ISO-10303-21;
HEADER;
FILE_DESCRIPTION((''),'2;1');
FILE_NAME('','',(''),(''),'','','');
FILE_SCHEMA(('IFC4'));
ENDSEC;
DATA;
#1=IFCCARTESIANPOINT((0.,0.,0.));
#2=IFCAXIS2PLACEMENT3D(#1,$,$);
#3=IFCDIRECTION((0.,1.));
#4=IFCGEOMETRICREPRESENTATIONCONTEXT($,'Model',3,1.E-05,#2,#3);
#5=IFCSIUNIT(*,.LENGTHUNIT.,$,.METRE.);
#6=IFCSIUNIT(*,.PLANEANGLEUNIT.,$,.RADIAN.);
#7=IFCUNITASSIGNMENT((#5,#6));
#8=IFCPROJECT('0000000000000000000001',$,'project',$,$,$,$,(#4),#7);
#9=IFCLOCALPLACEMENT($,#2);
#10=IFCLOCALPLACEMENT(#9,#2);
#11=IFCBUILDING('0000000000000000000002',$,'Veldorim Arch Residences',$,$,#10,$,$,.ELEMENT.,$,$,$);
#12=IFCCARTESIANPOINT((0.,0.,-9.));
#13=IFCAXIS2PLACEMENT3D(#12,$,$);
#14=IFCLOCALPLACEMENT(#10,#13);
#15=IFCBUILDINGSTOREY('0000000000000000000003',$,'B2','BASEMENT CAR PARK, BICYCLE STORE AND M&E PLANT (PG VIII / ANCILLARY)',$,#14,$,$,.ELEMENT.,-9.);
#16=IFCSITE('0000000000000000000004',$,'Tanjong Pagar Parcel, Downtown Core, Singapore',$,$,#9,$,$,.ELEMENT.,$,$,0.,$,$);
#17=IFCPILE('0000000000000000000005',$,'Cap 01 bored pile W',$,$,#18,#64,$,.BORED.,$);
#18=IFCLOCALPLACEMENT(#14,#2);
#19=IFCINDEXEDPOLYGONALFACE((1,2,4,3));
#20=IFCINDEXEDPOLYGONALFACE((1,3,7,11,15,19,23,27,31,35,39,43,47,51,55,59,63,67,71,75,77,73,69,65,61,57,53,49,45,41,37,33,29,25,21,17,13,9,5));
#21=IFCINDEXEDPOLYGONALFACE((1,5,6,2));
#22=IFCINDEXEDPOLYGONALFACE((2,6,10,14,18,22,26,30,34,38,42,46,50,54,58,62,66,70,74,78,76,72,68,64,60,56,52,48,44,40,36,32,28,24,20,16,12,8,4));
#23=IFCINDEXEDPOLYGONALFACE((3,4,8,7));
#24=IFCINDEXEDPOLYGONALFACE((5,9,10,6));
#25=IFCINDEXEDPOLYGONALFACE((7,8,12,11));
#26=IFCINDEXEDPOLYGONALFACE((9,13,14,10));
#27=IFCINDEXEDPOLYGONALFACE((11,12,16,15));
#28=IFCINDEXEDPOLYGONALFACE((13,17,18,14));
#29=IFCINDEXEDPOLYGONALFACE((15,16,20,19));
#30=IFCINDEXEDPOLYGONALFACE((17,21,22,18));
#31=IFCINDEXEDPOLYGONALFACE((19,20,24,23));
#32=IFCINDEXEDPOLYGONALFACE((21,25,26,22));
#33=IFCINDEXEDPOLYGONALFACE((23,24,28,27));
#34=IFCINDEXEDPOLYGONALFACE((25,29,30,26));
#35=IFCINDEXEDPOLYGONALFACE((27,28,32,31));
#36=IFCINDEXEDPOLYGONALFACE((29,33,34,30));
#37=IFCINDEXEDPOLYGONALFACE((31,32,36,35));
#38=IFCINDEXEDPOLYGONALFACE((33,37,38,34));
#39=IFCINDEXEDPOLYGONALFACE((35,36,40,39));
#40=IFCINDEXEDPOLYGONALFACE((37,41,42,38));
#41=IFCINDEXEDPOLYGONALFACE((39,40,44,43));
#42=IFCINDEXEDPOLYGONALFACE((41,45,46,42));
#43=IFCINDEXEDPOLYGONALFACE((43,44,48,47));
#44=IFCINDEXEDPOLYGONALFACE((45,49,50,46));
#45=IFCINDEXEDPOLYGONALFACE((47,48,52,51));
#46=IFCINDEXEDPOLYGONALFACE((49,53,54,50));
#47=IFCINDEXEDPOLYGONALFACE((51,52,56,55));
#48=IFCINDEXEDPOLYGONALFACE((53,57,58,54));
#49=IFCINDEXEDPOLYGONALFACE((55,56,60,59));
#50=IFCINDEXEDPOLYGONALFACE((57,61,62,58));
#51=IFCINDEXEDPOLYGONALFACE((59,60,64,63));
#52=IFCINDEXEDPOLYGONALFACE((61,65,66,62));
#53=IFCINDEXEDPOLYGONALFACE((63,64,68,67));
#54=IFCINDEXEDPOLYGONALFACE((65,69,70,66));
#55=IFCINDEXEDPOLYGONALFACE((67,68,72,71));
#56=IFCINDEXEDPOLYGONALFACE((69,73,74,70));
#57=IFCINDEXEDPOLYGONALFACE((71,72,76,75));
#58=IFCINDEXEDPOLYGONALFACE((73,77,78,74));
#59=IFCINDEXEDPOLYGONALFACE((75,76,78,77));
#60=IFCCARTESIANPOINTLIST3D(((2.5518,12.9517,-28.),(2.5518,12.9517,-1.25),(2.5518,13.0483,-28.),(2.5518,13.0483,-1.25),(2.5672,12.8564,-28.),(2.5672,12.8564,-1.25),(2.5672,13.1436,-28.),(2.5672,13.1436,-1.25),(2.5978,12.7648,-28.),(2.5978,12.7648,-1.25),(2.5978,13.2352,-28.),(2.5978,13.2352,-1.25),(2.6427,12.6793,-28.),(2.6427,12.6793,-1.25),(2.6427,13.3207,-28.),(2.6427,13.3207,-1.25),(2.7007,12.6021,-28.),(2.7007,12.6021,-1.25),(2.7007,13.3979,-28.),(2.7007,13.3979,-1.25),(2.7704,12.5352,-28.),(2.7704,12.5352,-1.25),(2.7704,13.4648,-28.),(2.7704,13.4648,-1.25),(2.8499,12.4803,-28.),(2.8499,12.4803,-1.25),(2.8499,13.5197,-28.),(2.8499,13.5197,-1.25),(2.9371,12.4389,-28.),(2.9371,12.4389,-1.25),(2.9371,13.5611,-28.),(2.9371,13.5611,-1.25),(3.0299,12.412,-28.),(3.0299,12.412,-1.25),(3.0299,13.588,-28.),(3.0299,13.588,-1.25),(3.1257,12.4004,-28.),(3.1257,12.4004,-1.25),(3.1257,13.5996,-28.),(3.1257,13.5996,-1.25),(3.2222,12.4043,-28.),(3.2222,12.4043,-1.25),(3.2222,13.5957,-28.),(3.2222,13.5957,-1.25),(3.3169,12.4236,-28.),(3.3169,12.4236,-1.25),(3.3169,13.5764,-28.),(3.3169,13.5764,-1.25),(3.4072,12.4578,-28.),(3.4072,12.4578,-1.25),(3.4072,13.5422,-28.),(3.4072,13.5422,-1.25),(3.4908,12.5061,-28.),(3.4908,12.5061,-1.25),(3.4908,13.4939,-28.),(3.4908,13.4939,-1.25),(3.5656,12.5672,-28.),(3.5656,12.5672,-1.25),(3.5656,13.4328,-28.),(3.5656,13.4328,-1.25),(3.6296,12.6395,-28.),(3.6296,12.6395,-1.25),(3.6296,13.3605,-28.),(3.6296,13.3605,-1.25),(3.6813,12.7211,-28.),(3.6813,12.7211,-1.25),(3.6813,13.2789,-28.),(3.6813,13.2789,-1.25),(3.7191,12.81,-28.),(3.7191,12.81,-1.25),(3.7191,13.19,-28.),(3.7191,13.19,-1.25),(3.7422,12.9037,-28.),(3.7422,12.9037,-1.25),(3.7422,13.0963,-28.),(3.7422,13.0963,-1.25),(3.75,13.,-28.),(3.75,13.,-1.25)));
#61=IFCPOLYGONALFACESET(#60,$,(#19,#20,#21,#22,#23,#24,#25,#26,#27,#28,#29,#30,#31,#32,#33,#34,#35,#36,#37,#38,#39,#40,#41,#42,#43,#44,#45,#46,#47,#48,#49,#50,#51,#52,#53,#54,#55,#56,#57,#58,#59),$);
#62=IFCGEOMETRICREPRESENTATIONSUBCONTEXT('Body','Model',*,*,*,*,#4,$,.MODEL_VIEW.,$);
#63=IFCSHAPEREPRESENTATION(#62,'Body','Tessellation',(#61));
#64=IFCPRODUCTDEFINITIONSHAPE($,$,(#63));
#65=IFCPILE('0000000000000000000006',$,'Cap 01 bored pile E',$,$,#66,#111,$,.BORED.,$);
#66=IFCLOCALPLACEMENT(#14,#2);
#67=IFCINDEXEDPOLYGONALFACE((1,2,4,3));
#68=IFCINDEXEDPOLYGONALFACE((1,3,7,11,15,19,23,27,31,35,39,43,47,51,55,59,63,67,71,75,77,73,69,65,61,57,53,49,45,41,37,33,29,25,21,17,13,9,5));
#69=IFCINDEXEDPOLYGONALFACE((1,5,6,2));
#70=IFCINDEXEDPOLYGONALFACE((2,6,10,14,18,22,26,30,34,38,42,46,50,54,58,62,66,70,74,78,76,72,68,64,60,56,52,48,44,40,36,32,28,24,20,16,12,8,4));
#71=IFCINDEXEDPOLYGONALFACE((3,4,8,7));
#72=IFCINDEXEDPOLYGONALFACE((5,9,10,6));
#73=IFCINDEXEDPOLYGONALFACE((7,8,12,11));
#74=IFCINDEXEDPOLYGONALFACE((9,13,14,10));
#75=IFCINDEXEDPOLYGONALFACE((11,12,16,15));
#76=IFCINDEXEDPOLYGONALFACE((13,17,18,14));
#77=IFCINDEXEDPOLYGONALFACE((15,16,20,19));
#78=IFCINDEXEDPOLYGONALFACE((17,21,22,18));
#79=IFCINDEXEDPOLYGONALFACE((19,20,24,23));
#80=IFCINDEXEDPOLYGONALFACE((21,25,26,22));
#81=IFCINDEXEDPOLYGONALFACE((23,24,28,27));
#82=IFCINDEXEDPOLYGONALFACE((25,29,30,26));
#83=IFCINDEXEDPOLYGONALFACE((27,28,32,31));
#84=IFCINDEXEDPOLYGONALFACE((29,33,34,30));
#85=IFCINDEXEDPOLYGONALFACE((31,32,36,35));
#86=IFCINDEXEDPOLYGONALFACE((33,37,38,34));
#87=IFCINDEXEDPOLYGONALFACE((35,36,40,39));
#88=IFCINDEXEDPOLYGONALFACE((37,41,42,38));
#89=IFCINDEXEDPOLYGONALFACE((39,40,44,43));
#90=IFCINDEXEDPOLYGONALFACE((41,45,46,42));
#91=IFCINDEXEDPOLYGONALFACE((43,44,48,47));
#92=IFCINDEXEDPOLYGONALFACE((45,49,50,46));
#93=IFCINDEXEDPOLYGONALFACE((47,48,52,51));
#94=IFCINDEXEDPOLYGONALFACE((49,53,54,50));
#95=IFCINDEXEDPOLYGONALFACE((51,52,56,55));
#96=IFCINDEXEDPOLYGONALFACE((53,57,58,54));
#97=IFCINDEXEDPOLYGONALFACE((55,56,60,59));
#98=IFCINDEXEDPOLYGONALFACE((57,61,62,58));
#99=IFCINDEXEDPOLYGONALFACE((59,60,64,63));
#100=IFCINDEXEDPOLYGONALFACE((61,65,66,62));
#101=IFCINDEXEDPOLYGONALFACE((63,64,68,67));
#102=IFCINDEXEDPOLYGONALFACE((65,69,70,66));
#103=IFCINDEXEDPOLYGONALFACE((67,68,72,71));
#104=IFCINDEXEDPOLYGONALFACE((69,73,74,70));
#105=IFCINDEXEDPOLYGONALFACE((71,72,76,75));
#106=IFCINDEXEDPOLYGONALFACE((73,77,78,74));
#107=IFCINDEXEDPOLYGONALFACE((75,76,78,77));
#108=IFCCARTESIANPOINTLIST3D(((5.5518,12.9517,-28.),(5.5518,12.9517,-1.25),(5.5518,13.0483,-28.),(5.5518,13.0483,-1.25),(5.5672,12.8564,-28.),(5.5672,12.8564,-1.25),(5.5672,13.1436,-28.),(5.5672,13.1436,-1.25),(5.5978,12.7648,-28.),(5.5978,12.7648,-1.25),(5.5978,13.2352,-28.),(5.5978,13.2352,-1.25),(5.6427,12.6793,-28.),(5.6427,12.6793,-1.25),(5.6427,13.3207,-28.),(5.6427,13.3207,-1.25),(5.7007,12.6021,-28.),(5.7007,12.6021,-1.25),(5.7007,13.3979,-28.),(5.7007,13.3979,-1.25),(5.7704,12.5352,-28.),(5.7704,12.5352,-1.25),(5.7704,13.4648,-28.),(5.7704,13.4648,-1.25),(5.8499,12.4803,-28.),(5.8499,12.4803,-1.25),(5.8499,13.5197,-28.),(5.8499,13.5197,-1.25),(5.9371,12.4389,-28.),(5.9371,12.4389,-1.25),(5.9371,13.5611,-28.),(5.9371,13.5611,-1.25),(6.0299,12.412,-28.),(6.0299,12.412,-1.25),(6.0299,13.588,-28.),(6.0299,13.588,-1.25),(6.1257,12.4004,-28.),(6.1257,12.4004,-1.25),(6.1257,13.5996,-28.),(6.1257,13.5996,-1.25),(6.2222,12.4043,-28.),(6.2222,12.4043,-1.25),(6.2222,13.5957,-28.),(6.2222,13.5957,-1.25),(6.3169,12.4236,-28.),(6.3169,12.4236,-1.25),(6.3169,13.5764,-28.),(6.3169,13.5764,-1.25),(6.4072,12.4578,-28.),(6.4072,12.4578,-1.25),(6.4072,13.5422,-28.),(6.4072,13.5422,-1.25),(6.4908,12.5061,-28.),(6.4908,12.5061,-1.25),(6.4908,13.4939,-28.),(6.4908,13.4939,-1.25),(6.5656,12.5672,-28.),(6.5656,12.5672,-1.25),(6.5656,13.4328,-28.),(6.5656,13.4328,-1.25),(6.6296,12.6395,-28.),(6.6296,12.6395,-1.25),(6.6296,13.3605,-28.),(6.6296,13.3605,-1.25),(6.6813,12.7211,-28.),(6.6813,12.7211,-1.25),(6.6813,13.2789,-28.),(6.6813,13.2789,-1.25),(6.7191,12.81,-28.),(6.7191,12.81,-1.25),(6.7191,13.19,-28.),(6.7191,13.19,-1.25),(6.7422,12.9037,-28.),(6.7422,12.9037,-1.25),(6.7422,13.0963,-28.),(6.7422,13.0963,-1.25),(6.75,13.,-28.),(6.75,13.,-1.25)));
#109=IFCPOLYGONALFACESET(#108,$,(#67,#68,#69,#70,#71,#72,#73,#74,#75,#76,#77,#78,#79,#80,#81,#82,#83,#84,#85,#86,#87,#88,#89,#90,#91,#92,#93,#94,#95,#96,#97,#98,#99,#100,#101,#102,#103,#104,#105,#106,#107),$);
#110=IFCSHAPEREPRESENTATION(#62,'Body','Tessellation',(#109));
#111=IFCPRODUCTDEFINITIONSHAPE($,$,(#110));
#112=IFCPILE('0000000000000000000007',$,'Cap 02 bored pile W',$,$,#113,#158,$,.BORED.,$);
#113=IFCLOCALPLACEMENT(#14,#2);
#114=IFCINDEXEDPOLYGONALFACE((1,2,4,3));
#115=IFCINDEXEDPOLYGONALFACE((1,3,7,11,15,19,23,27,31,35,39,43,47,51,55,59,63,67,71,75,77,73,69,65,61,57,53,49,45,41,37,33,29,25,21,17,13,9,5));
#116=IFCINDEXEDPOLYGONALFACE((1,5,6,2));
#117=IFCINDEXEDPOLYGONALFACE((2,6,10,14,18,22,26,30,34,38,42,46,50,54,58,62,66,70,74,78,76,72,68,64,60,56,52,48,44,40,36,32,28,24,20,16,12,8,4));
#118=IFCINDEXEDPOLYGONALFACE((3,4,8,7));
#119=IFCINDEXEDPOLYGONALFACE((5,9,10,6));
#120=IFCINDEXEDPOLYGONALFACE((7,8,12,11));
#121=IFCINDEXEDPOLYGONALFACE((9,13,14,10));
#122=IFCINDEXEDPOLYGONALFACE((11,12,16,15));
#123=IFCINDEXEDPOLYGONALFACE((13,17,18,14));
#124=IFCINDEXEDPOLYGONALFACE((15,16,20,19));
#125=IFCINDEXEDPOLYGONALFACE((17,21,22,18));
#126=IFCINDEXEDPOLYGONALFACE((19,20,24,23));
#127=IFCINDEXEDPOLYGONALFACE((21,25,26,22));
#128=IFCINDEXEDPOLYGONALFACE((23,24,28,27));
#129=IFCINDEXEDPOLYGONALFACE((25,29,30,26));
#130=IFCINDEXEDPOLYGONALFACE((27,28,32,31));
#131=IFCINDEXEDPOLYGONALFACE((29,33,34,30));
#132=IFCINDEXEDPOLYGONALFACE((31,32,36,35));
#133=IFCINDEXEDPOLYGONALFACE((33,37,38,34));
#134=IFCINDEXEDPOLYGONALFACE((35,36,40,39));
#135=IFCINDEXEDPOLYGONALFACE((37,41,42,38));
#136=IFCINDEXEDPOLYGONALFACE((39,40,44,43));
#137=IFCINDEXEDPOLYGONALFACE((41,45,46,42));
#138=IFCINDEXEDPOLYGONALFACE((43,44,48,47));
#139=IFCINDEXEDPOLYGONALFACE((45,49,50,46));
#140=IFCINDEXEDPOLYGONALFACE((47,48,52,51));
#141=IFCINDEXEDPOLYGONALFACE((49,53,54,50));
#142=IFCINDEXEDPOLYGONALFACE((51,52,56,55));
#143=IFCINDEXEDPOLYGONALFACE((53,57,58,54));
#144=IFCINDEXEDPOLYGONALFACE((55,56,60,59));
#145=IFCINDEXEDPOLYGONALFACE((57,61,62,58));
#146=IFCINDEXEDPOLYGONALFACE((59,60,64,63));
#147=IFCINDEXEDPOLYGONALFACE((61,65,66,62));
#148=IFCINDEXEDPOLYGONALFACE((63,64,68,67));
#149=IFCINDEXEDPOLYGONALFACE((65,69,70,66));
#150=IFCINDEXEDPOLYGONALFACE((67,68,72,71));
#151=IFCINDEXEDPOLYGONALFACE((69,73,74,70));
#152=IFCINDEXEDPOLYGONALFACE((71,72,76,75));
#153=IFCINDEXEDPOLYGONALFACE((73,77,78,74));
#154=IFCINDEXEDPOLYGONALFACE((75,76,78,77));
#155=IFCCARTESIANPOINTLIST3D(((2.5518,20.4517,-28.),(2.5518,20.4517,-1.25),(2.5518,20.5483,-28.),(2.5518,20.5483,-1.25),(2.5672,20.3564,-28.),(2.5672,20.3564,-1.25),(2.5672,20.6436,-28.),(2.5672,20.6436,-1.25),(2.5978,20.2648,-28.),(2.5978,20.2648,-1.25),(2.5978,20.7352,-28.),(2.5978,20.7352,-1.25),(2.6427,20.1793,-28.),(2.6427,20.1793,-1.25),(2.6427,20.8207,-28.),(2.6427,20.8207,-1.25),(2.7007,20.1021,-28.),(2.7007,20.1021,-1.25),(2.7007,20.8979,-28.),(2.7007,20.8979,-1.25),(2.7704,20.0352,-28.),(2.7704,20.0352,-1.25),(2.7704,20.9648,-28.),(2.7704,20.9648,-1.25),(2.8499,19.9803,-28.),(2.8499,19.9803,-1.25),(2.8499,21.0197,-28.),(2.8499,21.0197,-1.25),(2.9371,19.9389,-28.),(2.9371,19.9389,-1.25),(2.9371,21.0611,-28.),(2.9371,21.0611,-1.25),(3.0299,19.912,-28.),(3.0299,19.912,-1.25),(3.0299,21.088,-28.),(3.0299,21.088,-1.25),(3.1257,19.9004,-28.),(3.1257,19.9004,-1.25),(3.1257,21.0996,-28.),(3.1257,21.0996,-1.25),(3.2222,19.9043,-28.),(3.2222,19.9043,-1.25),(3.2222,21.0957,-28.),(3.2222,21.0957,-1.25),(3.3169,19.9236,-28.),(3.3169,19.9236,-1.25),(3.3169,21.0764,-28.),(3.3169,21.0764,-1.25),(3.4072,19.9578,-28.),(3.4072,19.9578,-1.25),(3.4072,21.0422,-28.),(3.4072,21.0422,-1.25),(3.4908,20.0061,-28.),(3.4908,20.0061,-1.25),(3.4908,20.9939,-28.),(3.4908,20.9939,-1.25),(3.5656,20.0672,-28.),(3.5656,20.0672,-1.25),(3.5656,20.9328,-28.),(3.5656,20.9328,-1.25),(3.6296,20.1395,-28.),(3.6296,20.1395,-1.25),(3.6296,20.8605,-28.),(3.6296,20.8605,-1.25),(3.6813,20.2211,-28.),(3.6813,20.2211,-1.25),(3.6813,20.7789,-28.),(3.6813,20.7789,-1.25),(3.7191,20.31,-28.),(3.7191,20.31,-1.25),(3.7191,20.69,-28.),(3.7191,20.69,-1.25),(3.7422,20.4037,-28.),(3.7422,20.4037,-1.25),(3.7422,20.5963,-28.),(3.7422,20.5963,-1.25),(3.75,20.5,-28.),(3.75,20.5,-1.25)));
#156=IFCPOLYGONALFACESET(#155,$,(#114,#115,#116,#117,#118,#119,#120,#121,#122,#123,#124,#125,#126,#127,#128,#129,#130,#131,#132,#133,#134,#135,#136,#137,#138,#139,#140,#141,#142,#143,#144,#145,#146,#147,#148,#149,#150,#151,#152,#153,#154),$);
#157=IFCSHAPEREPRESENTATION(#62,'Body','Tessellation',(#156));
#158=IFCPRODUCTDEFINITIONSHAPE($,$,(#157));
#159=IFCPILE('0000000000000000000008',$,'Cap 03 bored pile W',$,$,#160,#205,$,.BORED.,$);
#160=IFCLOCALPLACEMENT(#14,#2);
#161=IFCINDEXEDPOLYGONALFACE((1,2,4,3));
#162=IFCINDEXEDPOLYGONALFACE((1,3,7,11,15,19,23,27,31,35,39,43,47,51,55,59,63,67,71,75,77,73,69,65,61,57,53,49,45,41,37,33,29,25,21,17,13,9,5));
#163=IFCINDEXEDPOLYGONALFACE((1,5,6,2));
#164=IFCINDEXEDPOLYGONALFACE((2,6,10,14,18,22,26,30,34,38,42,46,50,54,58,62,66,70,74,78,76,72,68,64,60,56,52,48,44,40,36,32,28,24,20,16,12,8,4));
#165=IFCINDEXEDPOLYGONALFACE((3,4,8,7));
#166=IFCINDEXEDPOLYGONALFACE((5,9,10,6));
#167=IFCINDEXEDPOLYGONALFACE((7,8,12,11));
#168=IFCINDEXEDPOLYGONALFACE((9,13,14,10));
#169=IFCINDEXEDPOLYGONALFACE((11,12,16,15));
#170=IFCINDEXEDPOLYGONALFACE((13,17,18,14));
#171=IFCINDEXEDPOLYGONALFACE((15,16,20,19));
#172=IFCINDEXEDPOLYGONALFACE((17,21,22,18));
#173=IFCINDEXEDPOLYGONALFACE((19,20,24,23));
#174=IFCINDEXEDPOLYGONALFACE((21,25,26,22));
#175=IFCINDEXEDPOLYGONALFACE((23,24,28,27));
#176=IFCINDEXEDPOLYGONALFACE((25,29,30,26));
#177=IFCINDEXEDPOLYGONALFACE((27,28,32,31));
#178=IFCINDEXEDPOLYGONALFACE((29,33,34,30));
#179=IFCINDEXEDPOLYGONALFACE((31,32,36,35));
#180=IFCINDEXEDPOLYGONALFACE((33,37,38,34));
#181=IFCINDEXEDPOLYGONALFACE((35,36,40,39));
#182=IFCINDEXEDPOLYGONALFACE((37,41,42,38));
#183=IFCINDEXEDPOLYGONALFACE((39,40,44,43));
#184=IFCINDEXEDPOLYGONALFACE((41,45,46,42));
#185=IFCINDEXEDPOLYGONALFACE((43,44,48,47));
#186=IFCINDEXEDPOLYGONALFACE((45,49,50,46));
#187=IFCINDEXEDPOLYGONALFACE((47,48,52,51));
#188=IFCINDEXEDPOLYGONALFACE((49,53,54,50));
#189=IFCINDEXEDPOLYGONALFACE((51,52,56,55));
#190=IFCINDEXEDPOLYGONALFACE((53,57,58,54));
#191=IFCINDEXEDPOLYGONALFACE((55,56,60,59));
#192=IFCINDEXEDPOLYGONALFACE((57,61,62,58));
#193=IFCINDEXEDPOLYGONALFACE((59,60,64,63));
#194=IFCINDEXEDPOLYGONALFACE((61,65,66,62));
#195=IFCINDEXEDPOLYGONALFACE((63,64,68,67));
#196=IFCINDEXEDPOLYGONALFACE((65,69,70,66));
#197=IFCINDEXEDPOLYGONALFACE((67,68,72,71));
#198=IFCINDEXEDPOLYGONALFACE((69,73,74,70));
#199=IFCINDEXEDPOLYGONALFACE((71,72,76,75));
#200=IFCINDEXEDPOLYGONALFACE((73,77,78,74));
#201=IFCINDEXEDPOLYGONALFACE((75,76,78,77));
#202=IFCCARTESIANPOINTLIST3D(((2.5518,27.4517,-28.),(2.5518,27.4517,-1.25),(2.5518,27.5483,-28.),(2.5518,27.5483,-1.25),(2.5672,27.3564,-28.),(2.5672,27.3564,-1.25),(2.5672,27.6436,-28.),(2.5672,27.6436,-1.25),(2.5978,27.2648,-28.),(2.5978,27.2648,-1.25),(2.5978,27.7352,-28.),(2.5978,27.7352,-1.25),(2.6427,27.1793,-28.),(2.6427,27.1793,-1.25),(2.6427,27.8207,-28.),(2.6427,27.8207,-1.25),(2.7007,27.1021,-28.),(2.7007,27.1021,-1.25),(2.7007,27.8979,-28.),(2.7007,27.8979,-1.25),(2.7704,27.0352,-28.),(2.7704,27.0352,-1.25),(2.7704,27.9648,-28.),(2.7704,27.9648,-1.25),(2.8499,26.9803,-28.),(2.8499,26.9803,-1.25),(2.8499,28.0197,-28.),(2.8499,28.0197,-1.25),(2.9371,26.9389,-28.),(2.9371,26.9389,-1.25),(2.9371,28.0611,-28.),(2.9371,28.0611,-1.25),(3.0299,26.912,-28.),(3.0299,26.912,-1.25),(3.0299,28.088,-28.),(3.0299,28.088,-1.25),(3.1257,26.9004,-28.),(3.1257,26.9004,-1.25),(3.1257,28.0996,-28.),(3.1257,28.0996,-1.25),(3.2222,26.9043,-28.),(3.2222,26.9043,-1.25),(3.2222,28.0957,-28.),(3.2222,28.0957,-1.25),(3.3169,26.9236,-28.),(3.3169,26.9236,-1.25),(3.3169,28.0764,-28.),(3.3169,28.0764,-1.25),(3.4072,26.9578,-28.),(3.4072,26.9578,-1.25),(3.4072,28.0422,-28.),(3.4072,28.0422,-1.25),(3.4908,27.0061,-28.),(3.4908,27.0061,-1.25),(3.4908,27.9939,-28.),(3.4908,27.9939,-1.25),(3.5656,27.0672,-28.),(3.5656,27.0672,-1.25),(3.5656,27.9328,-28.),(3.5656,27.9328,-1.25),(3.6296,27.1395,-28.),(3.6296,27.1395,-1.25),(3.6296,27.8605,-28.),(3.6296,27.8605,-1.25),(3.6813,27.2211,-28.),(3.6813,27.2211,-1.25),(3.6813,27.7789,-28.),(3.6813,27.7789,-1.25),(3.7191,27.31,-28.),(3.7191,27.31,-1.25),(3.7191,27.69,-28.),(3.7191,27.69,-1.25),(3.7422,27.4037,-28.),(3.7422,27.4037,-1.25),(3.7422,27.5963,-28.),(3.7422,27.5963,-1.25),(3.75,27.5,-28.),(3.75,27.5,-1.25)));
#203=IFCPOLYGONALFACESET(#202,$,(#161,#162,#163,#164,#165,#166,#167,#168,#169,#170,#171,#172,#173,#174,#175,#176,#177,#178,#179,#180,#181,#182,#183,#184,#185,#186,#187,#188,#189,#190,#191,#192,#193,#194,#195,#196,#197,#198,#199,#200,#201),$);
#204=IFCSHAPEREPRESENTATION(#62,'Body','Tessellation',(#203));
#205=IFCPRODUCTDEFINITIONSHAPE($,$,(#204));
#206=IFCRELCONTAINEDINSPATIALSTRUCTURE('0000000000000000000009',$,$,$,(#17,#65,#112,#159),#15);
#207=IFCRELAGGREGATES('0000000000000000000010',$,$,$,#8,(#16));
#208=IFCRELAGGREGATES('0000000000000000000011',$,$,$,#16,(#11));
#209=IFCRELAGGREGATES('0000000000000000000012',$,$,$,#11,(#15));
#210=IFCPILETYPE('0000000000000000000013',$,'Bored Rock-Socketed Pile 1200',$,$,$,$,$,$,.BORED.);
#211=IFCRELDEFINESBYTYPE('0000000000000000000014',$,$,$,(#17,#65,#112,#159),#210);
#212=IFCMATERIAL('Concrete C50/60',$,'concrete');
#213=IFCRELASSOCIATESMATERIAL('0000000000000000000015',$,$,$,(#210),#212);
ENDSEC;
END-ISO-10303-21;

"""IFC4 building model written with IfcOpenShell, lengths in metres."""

from ifc_helpers import new_model, si_unit, direction, frame, origin, origin_2d, place, context, subcontext, project, spatial, circle, extrude, material, material_profile, profile_set, type_object, element, save


model = new_model("IFC4")

# Units and contexts
model_context = context("Model", 3, precision=1e-05, world=origin(), true_north=direction((0.0, 1.0)))
body_context = subcontext(model_context, "Body", "Model", "MODEL_VIEW")
ifc_project = project(units=[si_unit("LENGTHUNIT", "METRE"), si_unit("PLANEANGLEUNIT", "RADIAN")], contexts=[model_context])

# Site, building, storey
site_placement = place(None, origin())
site = spatial("IfcSite", under=ifc_project, at=site_placement, Name="Tanjong Pagar Parcel, Downtown Core, Singapore", CompositionType="ELEMENT", RefElevation=0.0)
building_placement = place(site_placement, origin())
building = spatial("IfcBuilding", under=site, at=building_placement, Name="Veldorim Arch Residences", CompositionType="ELEMENT")
storey_placement = place(building_placement, frame((0.0, 0.0, -9.0)))
storey = spatial("IfcBuildingStorey", under=building, at=storey_placement, Name="B2", Description="BASEMENT CAR PARK, BICYCLE STORE AND M&E PLANT (PG VIII / ANCILLARY)", CompositionType="ELEMENT", Elevation=-9.0)

# Piles
ifc_material_1 = material(Name="Concrete C50/60", Category="concrete")
ifc_material_profile_1 = material_profile(ifc_material_1, circle(Radius=0.6001, at=origin_2d()), Name="PILE_1200")
ifc_profile_set_1 = profile_set([ifc_material_profile_1], Name="Concrete C50/60")
pile_type = type_object("IfcPileType", Name="Bored Rock-Socketed Pile 1200", PredefinedType="BORED", material=ifc_profile_set_1)
for number, where, z_axis, x_axis, name in (
    (1, (3.1499, 13.0, -1.25), (0.0, 0.0, -1.0), (1.0, 0.0, 0.0), "Cap 01 bored pile W"),
    (2, (6.1499, 13.0, -1.25), (0.0, 0.0, -1.0), (1.0, 0.0, 0.0), "Cap 01 bored pile E"),
    (3, (3.1499, 20.5, -1.25), (0.0, 0.0, -1.0), (1.0, 0.0, 0.0), "Cap 02 bored pile W"),
    (4, (3.1499, 27.5, -1.25), (0.0, 0.0, -1.0), (1.0, 0.0, 0.0), "Cap 03 bored pile W"),
):
    element("IfcPile", number, at=place(storey_placement, frame(where, z_axis=z_axis, x_axis=x_axis)), inside=storey, type_object=pile_type, Name=name, PredefinedType="BORED", context=body_context, shape_type="SweptSolid", body=[
        extrude(circle(Radius=0.6001, at=origin_2d()), origin(), (0.0, 0.0, 1.0), 26.75),
    ])

save(model, "model.ifc")
